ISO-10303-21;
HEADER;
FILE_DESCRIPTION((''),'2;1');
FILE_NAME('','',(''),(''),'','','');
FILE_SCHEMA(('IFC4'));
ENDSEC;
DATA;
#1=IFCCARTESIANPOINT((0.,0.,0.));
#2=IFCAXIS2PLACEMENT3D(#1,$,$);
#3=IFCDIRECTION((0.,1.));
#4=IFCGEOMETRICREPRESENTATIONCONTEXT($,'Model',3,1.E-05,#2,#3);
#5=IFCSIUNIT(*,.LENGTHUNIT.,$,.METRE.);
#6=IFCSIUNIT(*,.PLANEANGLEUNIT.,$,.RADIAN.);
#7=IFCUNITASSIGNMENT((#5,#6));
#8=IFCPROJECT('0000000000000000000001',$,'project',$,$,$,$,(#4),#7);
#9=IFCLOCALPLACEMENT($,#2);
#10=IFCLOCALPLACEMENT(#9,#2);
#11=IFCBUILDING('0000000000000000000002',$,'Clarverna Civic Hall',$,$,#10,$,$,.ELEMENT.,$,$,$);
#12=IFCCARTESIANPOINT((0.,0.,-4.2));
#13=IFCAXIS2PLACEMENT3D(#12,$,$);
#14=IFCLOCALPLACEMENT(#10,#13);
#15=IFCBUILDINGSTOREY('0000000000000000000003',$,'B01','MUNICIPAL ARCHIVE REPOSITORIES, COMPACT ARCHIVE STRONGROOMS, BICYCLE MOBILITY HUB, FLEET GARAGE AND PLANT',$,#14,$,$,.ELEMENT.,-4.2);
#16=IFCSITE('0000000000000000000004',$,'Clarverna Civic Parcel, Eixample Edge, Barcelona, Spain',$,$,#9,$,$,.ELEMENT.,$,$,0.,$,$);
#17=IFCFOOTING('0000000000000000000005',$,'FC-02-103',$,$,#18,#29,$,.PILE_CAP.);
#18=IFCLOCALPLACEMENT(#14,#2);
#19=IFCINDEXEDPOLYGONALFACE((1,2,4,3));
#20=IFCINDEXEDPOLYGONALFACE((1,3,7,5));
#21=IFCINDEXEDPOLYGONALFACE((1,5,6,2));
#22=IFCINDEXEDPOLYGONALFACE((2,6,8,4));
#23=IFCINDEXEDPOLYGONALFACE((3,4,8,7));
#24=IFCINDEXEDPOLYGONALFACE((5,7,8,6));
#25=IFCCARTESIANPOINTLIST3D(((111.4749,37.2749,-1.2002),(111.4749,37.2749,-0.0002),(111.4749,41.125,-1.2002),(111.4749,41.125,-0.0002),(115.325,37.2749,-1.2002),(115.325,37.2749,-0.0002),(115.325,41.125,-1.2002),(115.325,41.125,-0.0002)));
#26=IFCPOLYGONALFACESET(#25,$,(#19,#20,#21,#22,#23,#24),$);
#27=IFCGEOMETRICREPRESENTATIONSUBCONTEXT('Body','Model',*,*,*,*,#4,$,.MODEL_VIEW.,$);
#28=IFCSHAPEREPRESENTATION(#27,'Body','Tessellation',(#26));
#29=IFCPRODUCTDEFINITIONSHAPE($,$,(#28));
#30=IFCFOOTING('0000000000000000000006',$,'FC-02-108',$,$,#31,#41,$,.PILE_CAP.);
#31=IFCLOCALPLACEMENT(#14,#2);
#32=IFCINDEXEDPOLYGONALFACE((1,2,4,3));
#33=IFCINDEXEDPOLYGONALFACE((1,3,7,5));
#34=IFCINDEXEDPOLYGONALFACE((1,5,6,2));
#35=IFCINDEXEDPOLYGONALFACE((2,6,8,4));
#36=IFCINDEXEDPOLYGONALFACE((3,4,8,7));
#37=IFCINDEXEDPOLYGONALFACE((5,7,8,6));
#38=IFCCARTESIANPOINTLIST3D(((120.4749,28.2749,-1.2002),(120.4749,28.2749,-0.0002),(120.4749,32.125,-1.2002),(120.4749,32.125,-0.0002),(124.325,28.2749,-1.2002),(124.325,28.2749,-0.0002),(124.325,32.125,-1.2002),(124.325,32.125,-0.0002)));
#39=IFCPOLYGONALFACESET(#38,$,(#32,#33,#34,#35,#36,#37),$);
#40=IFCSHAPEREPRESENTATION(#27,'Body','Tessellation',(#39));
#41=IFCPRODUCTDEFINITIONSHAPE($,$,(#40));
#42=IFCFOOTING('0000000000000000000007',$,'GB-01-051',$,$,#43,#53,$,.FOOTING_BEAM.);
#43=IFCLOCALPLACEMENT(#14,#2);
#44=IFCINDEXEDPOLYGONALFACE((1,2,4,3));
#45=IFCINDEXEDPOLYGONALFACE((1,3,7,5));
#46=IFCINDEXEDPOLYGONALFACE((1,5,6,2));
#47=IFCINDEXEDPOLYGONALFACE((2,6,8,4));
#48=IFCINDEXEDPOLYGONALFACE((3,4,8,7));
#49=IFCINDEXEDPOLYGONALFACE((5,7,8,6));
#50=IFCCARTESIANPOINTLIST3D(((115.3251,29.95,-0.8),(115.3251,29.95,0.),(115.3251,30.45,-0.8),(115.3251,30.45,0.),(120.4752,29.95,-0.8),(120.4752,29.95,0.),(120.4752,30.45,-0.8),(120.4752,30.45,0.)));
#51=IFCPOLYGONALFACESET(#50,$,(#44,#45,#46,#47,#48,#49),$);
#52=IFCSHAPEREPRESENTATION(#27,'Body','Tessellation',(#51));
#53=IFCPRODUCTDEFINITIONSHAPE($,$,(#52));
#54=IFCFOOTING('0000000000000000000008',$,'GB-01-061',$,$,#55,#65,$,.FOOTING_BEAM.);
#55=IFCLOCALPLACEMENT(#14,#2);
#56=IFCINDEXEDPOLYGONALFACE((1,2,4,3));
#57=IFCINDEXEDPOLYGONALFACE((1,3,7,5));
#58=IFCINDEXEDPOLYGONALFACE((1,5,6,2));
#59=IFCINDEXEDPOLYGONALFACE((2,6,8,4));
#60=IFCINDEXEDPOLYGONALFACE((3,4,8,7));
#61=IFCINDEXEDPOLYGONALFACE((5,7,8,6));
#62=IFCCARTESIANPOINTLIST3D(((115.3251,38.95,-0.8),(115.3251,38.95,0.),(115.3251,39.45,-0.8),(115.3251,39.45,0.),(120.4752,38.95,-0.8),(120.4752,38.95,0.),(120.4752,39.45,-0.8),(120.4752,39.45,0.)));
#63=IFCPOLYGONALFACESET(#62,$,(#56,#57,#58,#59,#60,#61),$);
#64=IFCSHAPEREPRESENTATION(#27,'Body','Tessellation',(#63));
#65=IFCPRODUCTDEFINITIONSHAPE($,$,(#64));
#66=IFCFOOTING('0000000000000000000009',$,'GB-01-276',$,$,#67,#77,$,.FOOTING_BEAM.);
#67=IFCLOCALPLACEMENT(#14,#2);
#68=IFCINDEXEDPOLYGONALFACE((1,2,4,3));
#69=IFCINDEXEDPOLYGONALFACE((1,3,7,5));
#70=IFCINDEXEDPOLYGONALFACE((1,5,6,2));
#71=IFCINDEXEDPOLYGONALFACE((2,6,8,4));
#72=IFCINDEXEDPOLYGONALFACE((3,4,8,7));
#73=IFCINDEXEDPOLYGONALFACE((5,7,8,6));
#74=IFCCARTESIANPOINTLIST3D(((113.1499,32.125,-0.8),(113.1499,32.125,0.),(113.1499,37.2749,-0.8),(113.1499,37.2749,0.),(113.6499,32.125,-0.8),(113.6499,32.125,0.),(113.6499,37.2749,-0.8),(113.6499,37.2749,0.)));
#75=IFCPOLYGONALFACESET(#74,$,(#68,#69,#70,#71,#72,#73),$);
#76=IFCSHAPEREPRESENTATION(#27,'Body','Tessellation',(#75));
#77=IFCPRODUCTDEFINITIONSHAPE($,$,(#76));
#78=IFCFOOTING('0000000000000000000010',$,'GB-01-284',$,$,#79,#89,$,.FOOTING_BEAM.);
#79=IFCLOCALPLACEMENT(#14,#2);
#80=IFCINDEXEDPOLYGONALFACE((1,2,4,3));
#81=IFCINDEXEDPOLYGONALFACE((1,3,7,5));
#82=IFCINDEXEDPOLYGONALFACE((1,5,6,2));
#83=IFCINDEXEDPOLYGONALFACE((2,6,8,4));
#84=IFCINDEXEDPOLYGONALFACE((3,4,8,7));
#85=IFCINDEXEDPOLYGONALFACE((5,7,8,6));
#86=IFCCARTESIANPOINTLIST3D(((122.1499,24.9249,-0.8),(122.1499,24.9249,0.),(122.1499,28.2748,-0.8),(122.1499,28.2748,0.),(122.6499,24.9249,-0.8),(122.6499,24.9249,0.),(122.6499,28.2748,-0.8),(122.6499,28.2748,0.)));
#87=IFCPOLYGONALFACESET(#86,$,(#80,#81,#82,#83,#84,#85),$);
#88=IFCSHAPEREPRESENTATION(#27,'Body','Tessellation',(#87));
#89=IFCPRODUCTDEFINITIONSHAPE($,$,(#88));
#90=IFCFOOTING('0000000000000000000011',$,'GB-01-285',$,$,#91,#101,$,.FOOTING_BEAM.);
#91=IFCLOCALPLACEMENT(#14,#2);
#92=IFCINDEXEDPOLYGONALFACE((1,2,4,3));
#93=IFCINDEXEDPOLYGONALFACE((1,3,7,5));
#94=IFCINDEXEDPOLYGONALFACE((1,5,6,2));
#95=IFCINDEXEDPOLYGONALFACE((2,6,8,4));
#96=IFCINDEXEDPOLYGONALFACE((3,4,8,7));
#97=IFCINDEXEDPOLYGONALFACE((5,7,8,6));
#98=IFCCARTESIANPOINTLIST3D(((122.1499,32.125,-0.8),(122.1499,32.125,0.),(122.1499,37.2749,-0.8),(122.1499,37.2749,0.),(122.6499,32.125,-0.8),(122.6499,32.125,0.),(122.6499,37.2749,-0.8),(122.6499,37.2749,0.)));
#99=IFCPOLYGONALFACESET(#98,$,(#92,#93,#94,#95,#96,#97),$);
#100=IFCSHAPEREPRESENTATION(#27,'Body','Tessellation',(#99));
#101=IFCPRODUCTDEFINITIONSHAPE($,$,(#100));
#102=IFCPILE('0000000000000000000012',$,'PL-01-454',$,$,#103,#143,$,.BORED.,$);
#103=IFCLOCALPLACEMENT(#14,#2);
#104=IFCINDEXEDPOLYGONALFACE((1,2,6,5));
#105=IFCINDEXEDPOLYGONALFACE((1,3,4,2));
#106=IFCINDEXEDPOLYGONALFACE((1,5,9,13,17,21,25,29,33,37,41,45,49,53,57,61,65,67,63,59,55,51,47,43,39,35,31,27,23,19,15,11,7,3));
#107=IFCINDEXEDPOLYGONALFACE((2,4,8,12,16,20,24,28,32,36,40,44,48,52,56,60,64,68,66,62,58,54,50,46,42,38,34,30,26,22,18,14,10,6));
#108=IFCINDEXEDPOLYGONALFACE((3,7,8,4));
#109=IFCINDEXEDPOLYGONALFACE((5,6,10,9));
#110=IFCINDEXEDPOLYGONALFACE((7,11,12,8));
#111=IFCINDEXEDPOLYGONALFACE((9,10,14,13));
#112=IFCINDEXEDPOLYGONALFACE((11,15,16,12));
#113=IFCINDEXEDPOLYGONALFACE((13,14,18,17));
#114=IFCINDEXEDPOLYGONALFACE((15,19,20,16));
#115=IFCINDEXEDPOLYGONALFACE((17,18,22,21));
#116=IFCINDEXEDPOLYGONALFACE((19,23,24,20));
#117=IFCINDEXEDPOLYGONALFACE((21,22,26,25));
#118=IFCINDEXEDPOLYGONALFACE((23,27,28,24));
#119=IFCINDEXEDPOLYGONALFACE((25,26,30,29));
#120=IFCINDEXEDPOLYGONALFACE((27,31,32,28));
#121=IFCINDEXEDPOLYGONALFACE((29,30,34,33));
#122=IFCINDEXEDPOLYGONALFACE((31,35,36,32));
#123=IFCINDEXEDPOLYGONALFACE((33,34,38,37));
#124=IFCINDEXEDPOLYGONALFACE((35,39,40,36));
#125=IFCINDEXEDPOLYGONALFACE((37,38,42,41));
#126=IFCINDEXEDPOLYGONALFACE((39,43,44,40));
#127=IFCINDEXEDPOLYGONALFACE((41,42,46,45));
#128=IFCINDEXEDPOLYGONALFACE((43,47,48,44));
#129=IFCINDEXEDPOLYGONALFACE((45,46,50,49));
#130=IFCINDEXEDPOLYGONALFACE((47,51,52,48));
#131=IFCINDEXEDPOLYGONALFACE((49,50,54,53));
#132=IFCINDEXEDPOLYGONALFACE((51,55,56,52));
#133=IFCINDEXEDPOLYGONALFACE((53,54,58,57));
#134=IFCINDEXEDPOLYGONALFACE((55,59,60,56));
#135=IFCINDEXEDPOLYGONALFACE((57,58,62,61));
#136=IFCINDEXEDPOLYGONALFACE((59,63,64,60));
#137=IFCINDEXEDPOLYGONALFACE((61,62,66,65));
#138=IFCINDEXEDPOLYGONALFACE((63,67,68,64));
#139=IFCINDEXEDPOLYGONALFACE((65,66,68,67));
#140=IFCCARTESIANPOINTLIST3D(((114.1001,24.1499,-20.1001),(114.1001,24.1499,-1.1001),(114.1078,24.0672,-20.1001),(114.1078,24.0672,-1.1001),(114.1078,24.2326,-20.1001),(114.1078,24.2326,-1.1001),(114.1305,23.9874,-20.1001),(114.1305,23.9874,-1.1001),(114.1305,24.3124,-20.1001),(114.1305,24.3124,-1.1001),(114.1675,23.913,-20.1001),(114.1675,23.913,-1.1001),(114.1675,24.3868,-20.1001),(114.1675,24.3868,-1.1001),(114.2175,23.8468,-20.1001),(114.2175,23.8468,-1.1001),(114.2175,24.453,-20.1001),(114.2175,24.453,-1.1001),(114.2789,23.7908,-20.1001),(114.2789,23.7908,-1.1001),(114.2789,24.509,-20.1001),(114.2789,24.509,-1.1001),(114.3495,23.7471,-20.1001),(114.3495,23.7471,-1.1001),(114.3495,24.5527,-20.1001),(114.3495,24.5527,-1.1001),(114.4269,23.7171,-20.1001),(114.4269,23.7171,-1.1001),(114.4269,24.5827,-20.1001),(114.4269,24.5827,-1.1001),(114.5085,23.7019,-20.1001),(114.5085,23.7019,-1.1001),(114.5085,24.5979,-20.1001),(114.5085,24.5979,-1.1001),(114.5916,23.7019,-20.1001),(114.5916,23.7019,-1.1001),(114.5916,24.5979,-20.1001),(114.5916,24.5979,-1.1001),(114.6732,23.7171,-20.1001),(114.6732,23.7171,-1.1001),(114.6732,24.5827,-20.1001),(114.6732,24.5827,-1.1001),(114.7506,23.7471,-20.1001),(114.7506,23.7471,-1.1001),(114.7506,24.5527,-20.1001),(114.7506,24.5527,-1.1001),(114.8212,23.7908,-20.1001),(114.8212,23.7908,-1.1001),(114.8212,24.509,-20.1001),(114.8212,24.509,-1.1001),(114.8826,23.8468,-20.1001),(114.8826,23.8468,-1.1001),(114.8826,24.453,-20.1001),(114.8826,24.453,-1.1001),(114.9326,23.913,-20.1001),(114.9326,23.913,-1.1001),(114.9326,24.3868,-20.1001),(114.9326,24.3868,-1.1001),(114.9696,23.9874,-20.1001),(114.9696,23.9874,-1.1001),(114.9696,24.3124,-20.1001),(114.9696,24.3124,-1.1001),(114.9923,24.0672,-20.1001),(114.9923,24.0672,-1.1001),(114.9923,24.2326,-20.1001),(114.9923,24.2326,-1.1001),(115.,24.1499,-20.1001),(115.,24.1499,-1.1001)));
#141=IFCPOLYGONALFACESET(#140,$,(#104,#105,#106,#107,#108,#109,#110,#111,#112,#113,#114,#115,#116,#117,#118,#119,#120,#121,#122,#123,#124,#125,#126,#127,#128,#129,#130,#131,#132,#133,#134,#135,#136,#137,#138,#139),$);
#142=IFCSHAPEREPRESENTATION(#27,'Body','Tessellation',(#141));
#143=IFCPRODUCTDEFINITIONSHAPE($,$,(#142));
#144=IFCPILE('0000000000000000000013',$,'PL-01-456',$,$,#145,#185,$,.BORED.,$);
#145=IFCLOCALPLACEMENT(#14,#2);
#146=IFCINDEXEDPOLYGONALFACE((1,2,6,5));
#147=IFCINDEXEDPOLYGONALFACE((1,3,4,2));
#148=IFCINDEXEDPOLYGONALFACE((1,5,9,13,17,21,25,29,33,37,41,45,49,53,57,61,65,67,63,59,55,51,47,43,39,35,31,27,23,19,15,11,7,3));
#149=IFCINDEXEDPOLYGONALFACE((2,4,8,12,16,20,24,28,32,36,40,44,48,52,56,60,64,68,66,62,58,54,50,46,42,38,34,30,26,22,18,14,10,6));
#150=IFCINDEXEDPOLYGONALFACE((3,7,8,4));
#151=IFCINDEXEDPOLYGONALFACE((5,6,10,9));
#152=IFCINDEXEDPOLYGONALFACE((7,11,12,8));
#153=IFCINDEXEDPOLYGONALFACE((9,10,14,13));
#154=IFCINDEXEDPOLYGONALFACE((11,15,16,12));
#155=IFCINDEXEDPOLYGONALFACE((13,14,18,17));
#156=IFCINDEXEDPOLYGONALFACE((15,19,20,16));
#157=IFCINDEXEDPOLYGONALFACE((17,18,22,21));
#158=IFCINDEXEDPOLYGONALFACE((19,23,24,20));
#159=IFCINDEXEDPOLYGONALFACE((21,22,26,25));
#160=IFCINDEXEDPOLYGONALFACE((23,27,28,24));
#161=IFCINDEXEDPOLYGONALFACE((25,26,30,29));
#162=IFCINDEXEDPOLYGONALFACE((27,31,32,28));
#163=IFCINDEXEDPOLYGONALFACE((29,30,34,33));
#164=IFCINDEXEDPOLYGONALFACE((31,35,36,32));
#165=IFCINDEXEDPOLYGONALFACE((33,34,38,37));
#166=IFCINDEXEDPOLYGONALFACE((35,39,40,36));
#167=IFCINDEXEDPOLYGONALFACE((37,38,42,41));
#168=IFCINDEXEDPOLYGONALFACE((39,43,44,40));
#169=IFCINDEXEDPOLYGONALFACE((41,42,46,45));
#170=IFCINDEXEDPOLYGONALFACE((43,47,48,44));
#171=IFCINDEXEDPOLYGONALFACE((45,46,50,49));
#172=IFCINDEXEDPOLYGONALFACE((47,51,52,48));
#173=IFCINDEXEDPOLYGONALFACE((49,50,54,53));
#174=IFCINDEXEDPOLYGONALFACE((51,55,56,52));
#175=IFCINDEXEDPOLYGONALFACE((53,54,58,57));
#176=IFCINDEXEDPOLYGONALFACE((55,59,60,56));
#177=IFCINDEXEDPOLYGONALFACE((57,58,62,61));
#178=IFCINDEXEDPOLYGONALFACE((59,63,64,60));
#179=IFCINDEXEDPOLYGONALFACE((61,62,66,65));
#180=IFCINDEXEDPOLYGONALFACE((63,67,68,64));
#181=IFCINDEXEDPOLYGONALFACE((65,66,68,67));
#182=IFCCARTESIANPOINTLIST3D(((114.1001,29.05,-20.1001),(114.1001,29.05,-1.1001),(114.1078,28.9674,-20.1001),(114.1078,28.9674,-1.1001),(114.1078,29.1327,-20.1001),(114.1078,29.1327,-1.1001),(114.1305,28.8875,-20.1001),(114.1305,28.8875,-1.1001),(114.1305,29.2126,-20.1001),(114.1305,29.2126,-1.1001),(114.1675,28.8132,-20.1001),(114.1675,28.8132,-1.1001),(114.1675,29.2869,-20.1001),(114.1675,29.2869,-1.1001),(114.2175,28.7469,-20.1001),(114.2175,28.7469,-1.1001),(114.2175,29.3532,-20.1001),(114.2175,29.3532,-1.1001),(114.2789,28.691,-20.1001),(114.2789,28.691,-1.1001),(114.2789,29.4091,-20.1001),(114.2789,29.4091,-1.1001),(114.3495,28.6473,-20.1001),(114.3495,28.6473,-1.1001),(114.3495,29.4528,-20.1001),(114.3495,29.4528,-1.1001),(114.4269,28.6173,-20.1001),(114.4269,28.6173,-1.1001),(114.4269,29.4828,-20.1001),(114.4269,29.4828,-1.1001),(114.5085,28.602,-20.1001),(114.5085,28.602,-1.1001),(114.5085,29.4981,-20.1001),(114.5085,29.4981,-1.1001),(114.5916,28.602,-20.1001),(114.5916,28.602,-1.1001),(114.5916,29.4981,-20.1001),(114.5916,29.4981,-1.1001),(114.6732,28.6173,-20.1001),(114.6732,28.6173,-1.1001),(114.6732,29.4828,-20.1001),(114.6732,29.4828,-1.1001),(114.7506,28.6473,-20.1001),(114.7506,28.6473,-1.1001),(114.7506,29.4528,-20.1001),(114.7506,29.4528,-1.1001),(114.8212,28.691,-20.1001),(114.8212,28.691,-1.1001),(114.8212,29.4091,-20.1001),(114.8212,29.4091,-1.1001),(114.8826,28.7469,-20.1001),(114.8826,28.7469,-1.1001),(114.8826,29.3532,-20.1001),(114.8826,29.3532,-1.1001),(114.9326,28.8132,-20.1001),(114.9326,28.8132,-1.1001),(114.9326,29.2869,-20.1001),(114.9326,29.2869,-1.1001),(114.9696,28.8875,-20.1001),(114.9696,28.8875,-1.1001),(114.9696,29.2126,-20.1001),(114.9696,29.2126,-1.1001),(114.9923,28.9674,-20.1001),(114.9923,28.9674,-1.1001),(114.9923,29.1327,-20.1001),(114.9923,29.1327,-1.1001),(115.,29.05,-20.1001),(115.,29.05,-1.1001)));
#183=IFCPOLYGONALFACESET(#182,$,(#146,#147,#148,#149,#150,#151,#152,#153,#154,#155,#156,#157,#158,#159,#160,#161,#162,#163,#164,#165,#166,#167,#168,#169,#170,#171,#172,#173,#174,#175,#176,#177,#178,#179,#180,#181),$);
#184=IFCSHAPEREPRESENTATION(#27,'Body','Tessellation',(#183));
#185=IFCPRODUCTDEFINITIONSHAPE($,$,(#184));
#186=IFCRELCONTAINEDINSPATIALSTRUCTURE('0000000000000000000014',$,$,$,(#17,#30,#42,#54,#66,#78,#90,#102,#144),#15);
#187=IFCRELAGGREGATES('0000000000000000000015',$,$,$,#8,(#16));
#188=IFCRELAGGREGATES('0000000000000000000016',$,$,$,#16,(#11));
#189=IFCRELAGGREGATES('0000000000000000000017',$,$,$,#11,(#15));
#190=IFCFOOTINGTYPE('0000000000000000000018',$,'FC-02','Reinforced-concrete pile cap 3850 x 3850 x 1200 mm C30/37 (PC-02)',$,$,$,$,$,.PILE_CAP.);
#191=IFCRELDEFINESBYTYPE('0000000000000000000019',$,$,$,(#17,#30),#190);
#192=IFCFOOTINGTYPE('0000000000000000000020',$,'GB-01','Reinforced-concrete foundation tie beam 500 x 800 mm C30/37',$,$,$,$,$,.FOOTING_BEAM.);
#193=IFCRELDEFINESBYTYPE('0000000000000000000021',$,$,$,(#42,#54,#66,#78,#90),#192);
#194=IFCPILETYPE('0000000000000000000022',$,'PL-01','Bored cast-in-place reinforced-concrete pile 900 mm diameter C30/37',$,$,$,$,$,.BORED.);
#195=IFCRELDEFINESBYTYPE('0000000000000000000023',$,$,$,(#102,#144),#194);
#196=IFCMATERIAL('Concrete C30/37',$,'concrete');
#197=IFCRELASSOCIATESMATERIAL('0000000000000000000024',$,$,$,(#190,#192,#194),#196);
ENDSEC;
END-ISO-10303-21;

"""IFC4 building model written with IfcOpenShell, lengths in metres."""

from ifc_helpers import new_model, si_unit, direction, frame, frame_2d, origin, origin_2d, place, context, subcontext, project, spatial, rectangle, circle, extrude, material, material_profile, profile_set, type_object, element, save


model = new_model("IFC4")

# Units and contexts
model_context = context("Model", 3, precision=1e-05, world=origin(), true_north=direction((0.0, 1.0)))
body_context = subcontext(model_context, "Body", "Model", "MODEL_VIEW")
ifc_project = project(units=[si_unit("LENGTHUNIT", "METRE"), si_unit("PLANEANGLEUNIT", "RADIAN")], contexts=[model_context])

# Site, building, storey
site_placement = place(None, origin())
site = spatial("IfcSite", under=ifc_project, at=site_placement, Name="Clarverna Civic Parcel, Eixample Edge, Barcelona, Spain", CompositionType="ELEMENT", RefElevation=0.0)
building_placement = place(site_placement, origin())
building = spatial("IfcBuilding", under=site, at=building_placement, Name="Clarverna Civic Hall", CompositionType="ELEMENT")
storey_placement = place(building_placement, frame((0.0, 0.0, -4.2)))
storey = spatial("IfcBuildingStorey", under=building, at=storey_placement, Name="B01", Description="MUNICIPAL ARCHIVE REPOSITORIES, COMPACT ARCHIVE STRONGROOMS, BICYCLE MOBILITY HUB, FLEET GARAGE AND PLANT", CompositionType="ELEMENT", Elevation=-4.2)

# Footings
ifc_material_1 = material(Name="Concrete C30/37", Category="concrete")
footing_type_1 = type_object("IfcFootingType", Name="FC-02", Description="Reinforced-concrete pile cap 3850 x 3850 x 1200 mm C30/37 (PC-02)", PredefinedType="PILE_CAP", material=ifc_material_1)
for number, where, z_axis, x_axis, name in (
    (1, (113.3999, 39.2, -1.2002), (0.0, 0.0, 1.0), (1.0, 0.0, 0.0), "FC-02-103"),
    (2, (122.3999, 30.2, -1.2002), (0.0, 0.0, 1.0), (1.0, 0.0, 0.0), "FC-02-108"),
):
    element("IfcFooting", number, at=place(storey_placement, frame(where, z_axis=z_axis, x_axis=x_axis)), inside=storey, type_object=footing_type_1, Name=name, PredefinedType="PILE_CAP", context=body_context, shape_type="SweptSolid", body=[
        extrude(rectangle(XDim=3.8501, YDim=3.8501, at=origin_2d()), origin(), (0.0, 0.0, 1.0), 1.2),
    ])
footing_type_2 = type_object("IfcFootingType", Name="GB-01", Description="Reinforced-concrete foundation tie beam 500 x 800 mm C30/37", PredefinedType="FOOTING_BEAM", material=ifc_material_1)
for number, where, z_axis, x_axis, name in (
    (3, (115.325, 30.2, -0.8), (0.0, 0.0, 1.0), (1.0, 0.0, 0.0), "GB-01-051"),
    (4, (115.325, 39.2, -0.8), (0.0, 0.0, 1.0), (1.0, 0.0, 0.0), "GB-01-061"),
):
    element("IfcFooting", number, at=place(storey_placement, frame(where, z_axis=z_axis, x_axis=x_axis)), inside=storey, type_object=footing_type_2, Name=name, PredefinedType="FOOTING_BEAM", context=body_context, shape_type="SweptSolid", body=[
        extrude(rectangle(XDim=5.1501, YDim=0.5, at=frame_2d((2.5752, 0.0))), origin(), (0.0, 0.0, 1.0), 0.8),
    ])
footing_1_placement = place(storey_placement, frame((113.3999, 32.125, -0.8), z_axis=(0.0, 0.0, 1.0), x_axis=(0.0, 1.0, 0.0)))
element("IfcFooting", 5, at=footing_1_placement, inside=storey, type_object=footing_type_2, Name="GB-01-276", PredefinedType="FOOTING_BEAM", context=body_context, shape_type="SweptSolid", body=[
    extrude(rectangle(XDim=5.1499, YDim=0.5, at=frame_2d((2.575, 0.0))), origin(), (0.0, 0.0, 1.0), 0.8),
])
footing_2_placement = place(storey_placement, frame((122.3999, 24.925, -0.8), z_axis=(0.0, 0.0, 1.0), x_axis=(0.0, 1.0, 0.0)))
element("IfcFooting", 6, at=footing_2_placement, inside=storey, type_object=footing_type_2, Name="GB-01-284", PredefinedType="FOOTING_BEAM", context=body_context, shape_type="SweptSolid", body=[
    extrude(rectangle(XDim=3.3499, YDim=0.5, at=frame_2d((1.6748, 0.0))), origin(), (0.0, 0.0, 1.0), 0.8),
])
footing_3_placement = place(storey_placement, frame((122.3999, 32.125, -0.8), z_axis=(0.0, 0.0, 1.0), x_axis=(0.0, 1.0, 0.0)))
element("IfcFooting", 7, at=footing_3_placement, inside=storey, type_object=footing_type_2, Name="GB-01-285", PredefinedType="FOOTING_BEAM", context=body_context, shape_type="SweptSolid", body=[
    extrude(rectangle(XDim=5.1499, YDim=0.5, at=frame_2d((2.575, 0.0))), origin(), (0.0, 0.0, 1.0), 0.8),
])

# Piles
ifc_material_profile_1 = material_profile(ifc_material_1, circle(Radius=0.45, at=origin_2d()), Name="BORED PILE D900")
ifc_profile_set_1 = profile_set([ifc_material_profile_1], Name="Concrete C30/37")
pile_type = type_object("IfcPileType", Name="PL-01", Description="Bored cast-in-place reinforced-concrete pile 900 mm diameter C30/37", PredefinedType="BORED", material=ifc_profile_set_1)
for number, where, z_axis, x_axis, name in (
    (8, (114.55, 24.1499, -1.1001), (0.0, 0.0, -1.0), (1.0, 0.0, 0.0), "PL-01-454"),
    (9, (114.55, 29.05, -1.1001), (0.0, 0.0, -1.0), (1.0, 0.0, 0.0), "PL-01-456"),
):
    element("IfcPile", number, at=place(storey_placement, frame(where, z_axis=z_axis, x_axis=x_axis)), inside=storey, type_object=pile_type, Name=name, PredefinedType="BORED", context=body_context, shape_type="SweptSolid", body=[
        extrude(circle(Radius=0.45, at=origin_2d()), origin(), (0.0, 0.0, 1.0), 19.0),
    ])

save(model, "model.ifc")
